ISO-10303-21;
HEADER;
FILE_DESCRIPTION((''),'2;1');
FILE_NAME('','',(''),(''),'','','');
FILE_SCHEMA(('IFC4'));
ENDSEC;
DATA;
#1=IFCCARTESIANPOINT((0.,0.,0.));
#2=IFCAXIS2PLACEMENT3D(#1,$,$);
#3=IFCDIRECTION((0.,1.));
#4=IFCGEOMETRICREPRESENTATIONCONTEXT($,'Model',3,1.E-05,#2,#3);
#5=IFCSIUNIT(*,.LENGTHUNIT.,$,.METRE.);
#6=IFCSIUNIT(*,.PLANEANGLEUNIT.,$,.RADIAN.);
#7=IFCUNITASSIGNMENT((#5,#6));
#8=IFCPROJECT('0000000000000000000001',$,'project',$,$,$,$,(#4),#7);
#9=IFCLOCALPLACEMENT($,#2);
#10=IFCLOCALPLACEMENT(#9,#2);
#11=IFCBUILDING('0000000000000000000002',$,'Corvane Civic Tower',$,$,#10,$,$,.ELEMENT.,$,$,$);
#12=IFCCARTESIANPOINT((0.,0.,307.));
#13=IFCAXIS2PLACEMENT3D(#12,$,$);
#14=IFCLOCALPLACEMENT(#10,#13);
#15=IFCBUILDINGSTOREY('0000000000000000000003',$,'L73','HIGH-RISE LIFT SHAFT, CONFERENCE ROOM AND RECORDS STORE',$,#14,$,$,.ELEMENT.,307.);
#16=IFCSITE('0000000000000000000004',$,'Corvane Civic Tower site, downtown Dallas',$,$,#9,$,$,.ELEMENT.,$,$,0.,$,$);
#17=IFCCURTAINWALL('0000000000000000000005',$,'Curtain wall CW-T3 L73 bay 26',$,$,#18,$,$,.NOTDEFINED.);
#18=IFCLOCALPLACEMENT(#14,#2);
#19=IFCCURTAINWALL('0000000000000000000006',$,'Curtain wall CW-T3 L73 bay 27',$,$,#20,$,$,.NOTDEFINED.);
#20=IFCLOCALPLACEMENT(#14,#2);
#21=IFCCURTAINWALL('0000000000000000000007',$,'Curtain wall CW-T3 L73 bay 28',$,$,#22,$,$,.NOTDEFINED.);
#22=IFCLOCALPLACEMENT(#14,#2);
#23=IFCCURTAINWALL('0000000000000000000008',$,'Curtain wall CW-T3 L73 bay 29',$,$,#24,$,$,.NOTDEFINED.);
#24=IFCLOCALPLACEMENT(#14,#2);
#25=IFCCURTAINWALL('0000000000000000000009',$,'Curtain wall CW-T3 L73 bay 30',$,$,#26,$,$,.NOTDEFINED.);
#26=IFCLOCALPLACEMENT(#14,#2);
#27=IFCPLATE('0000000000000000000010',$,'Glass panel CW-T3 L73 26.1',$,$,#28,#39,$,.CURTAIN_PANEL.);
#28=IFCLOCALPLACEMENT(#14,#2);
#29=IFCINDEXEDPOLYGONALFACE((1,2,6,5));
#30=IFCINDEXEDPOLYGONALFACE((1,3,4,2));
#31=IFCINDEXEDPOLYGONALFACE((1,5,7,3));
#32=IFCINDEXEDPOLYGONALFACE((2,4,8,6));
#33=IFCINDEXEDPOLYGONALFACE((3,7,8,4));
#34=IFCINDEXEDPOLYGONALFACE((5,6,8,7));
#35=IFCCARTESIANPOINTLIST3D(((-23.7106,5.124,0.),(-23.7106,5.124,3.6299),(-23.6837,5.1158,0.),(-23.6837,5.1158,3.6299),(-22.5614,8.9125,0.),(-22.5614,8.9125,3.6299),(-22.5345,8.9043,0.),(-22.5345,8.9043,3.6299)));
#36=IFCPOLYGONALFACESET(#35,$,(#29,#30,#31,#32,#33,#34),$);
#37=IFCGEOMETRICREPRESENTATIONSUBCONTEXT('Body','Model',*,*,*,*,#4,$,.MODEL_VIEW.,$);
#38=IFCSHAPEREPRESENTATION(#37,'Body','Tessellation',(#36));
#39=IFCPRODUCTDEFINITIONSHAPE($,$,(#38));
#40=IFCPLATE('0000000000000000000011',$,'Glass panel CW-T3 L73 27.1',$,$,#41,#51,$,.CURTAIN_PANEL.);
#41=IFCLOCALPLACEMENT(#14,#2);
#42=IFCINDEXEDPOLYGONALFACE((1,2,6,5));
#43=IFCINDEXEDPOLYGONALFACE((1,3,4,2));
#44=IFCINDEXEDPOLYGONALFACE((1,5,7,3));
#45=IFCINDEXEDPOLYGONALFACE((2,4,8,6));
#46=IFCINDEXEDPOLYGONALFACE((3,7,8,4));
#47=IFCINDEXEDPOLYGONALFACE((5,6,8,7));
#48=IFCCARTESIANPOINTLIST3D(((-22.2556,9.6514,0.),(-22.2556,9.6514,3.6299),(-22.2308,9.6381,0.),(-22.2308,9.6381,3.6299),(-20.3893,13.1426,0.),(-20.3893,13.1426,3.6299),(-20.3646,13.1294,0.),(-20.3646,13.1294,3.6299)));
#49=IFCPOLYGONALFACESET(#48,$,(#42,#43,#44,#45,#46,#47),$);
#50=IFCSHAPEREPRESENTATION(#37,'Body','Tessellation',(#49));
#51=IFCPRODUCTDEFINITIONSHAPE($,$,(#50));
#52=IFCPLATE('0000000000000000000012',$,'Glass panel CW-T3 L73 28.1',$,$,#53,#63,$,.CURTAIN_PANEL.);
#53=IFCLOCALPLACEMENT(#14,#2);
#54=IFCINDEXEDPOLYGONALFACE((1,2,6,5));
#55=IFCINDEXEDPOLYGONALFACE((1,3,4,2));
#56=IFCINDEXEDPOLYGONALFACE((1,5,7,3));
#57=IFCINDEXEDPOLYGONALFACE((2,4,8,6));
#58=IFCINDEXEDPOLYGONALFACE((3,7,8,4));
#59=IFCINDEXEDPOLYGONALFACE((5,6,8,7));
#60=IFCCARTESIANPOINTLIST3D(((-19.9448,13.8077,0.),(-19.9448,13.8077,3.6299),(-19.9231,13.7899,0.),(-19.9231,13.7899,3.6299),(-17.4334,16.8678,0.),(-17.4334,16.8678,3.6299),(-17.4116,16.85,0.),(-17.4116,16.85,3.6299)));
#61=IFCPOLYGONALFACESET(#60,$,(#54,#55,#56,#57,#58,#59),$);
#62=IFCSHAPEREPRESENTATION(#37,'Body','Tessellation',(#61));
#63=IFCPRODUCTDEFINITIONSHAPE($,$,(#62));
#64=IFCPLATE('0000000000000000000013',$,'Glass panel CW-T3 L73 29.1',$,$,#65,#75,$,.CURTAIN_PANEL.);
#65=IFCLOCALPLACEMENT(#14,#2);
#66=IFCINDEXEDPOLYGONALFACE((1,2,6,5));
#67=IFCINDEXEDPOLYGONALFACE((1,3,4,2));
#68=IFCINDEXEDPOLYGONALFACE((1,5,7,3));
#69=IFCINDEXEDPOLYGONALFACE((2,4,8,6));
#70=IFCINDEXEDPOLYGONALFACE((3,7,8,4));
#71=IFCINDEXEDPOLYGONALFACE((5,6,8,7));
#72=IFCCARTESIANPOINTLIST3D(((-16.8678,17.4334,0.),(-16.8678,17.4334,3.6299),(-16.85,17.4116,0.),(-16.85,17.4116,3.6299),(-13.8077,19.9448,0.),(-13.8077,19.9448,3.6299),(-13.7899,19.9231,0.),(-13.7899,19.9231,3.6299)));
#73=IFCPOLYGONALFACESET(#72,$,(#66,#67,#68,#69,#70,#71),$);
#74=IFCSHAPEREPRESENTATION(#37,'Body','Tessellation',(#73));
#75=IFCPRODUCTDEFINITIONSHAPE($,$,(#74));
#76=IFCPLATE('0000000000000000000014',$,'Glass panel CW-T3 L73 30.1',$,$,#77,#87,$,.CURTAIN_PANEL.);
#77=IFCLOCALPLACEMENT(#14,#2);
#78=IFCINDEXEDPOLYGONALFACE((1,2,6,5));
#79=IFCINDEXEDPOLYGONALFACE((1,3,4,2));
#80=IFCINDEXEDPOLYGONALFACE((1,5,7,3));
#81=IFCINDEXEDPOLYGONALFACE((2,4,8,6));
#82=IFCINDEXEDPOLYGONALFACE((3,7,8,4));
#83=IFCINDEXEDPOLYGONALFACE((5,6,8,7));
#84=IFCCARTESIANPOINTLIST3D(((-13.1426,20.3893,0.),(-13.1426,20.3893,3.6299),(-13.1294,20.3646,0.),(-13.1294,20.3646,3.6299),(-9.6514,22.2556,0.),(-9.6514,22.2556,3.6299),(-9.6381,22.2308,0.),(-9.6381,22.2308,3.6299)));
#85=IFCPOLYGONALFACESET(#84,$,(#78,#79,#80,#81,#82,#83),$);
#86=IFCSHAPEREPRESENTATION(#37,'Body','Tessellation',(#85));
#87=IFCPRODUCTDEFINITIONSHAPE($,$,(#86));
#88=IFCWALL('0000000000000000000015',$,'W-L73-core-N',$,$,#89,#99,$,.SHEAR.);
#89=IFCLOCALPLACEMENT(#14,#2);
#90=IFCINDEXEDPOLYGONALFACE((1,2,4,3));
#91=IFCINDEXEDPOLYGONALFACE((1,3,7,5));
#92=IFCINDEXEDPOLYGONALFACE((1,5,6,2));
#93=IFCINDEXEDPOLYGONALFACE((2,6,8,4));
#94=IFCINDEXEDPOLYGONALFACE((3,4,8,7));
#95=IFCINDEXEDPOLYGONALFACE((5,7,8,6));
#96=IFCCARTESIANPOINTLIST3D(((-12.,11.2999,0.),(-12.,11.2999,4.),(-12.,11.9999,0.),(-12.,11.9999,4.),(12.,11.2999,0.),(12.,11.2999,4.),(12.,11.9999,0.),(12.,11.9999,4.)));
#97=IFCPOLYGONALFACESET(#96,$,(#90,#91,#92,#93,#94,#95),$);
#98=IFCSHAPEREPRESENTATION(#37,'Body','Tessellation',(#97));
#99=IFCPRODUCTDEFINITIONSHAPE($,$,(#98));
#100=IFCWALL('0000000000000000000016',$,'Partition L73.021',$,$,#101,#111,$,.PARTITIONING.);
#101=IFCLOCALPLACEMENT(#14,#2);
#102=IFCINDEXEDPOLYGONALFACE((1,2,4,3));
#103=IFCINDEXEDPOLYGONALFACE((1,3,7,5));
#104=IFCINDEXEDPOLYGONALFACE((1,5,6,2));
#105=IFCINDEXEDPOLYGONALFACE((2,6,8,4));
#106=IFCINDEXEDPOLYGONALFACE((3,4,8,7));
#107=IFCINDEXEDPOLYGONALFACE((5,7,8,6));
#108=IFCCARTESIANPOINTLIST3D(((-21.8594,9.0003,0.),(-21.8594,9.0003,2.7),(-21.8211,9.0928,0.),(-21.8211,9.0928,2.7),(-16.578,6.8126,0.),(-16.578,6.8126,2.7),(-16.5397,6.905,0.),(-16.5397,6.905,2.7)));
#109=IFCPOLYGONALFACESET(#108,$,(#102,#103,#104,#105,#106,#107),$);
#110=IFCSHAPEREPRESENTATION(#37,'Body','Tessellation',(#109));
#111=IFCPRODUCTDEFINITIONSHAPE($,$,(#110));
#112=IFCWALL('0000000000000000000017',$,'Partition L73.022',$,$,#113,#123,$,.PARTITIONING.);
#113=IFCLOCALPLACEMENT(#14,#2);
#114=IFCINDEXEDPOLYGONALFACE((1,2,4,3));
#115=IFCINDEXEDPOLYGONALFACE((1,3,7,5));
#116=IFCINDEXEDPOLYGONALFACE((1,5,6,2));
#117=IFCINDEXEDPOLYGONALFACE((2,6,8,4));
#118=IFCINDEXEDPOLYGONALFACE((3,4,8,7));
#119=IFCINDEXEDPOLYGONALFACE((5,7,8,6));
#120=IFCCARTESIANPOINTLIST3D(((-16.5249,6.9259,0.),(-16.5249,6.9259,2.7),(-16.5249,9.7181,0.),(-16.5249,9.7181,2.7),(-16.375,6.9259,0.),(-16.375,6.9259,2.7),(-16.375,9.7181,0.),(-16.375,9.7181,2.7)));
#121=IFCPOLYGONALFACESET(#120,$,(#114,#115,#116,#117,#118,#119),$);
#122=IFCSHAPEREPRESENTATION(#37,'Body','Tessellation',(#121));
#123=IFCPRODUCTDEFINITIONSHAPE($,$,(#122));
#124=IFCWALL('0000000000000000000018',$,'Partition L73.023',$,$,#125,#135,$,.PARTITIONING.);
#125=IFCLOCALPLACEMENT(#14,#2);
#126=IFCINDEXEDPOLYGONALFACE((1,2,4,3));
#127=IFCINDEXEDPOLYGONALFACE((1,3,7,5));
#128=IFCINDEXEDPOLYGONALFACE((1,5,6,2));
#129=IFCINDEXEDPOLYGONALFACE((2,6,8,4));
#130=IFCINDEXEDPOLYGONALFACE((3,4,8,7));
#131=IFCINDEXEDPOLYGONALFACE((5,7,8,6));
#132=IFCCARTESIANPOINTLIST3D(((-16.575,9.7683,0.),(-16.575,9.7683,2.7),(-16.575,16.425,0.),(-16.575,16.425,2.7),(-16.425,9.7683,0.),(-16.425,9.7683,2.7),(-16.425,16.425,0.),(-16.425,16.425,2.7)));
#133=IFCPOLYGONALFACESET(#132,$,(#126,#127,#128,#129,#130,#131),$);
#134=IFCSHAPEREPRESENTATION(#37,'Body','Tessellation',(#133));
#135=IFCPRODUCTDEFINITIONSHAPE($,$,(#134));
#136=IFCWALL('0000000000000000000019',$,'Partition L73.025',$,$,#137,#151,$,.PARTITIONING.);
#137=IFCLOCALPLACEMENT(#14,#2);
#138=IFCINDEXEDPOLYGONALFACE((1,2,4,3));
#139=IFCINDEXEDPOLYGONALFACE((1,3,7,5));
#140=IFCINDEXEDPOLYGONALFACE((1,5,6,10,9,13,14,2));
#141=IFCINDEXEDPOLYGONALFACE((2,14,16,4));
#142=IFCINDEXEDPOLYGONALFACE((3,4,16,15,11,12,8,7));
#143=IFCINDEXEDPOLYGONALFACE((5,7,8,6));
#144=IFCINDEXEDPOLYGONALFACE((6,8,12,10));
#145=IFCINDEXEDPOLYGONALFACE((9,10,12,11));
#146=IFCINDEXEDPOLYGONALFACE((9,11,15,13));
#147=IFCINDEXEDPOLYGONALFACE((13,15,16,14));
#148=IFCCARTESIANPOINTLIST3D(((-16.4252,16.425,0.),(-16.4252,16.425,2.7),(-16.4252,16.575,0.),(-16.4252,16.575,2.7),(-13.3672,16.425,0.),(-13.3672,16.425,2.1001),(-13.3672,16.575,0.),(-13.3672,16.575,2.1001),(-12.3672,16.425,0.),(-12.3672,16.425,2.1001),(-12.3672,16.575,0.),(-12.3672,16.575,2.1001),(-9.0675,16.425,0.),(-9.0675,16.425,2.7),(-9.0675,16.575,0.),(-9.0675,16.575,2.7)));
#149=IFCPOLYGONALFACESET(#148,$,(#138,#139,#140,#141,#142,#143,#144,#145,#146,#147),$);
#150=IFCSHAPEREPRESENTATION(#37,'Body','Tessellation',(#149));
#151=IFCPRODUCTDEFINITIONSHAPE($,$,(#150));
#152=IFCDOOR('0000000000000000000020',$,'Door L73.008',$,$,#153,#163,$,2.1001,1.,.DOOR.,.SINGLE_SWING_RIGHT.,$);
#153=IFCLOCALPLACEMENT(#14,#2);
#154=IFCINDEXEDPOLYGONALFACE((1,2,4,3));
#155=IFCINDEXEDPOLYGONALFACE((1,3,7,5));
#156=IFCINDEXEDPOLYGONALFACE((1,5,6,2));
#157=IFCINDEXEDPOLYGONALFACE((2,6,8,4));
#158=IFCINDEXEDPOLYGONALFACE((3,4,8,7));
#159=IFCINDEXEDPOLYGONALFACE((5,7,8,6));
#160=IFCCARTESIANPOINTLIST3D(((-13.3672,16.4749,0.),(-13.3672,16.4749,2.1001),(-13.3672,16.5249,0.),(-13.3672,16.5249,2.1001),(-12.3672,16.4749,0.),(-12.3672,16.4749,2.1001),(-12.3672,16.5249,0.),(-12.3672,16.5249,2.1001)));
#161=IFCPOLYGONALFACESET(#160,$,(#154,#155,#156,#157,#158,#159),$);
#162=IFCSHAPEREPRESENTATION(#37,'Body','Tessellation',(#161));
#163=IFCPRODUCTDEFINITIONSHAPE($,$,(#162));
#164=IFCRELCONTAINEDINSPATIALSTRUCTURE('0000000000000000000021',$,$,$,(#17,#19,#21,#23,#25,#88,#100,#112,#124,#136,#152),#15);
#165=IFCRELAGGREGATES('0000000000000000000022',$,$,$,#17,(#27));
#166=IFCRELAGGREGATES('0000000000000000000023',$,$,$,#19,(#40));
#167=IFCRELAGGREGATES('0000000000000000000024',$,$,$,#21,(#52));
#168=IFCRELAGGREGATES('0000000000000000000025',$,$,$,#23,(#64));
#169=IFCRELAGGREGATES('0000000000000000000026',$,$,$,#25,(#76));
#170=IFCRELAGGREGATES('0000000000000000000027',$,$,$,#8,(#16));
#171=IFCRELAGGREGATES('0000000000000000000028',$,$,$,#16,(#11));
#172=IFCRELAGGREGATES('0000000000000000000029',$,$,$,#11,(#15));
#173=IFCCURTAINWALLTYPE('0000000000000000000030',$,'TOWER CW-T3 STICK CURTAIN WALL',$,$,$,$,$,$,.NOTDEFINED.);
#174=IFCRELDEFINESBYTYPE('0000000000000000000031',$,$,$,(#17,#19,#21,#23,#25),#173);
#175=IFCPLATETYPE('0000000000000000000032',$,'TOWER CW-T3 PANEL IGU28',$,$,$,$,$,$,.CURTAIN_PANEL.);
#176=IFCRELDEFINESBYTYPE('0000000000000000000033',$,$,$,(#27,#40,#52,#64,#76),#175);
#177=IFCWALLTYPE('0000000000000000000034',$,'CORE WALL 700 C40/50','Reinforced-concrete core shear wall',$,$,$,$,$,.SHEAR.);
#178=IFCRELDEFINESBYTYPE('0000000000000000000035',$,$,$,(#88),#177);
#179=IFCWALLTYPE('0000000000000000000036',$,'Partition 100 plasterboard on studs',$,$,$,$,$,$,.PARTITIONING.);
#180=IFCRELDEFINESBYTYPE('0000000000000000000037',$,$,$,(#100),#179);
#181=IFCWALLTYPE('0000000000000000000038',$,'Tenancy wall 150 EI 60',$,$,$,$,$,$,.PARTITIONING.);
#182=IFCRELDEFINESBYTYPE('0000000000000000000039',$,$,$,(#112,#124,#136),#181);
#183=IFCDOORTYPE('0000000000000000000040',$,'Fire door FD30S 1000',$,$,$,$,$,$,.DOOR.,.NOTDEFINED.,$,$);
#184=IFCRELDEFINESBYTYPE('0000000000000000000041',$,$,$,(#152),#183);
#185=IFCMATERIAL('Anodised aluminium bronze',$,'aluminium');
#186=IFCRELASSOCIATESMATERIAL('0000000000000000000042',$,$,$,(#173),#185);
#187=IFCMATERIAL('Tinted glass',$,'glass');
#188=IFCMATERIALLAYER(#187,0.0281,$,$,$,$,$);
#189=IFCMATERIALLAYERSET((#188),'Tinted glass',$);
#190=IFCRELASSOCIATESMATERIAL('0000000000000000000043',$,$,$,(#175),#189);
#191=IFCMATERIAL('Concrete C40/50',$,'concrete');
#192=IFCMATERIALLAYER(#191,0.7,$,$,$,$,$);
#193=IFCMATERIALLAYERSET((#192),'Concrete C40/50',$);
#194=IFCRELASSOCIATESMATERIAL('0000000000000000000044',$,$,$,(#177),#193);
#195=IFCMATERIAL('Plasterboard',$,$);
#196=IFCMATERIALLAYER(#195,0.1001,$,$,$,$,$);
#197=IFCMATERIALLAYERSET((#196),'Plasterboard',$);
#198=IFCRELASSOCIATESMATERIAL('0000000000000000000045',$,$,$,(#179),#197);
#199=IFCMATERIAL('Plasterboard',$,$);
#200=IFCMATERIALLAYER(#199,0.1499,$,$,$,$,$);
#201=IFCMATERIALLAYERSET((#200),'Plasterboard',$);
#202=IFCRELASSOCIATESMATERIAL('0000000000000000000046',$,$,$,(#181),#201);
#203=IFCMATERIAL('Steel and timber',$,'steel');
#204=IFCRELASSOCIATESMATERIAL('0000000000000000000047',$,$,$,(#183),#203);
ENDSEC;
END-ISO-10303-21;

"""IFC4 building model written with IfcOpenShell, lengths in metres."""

from ifc_helpers import new_model, si_unit, direction, frame, frame_2d, origin, origin_2d, place, context, subcontext, project, spatial, rectangle, extrude, material, layer, layer_set, type_object, element, fill, aggregate, save


model = new_model("IFC4")

# Units and contexts
model_context = context("Model", 3, precision=1e-05, world=origin(), true_north=direction((0.0, 1.0)))
body_context = subcontext(model_context, "Body", "Model", "MODEL_VIEW")
ifc_project = project(units=[si_unit("LENGTHUNIT", "METRE"), si_unit("PLANEANGLEUNIT", "RADIAN")], contexts=[model_context])

# Site, building, storey
site_placement = place(None, origin())
site = spatial("IfcSite", under=ifc_project, at=site_placement, Name="Corvane Civic Tower site, downtown Dallas", CompositionType="ELEMENT", RefElevation=0.0)
building_placement = place(site_placement, origin())
building = spatial("IfcBuilding", under=site, at=building_placement, Name="Corvane Civic Tower", CompositionType="ELEMENT")
storey_placement = place(building_placement, frame((0.0, 0.0, 307.0)))
storey = spatial("IfcBuildingStorey", under=building, at=storey_placement, Name="L73", Description="HIGH-RISE LIFT SHAFT, CONFERENCE ROOM AND RECORDS STORE", CompositionType="ELEMENT", Elevation=307.0)

# Curtain walls
ifc_material_1 = material(Name="Anodised aluminium bronze", Category="aluminium")
curtain_wall_type = type_object("IfcCurtainWallType", Name="TOWER CW-T3 STICK CURTAIN WALL", PredefinedType="NOTDEFINED", material=ifc_material_1)
curtain_wall_1_placement = place(storey_placement, origin())
curtain_wall_1 = element("IfcCurtainWall", 1, at=curtain_wall_1_placement, inside=storey, type_object=curtain_wall_type, Name="Curtain wall CW-T3 L73 bay 26", PredefinedType="NOTDEFINED")
curtain_wall_2_placement = place(storey_placement, origin())
curtain_wall_2 = element("IfcCurtainWall", 2, at=curtain_wall_2_placement, inside=storey, type_object=curtain_wall_type, Name="Curtain wall CW-T3 L73 bay 27", PredefinedType="NOTDEFINED")
curtain_wall_3_placement = place(storey_placement, origin())
curtain_wall_3 = element("IfcCurtainWall", 3, at=curtain_wall_3_placement, inside=storey, type_object=curtain_wall_type, Name="Curtain wall CW-T3 L73 bay 28", PredefinedType="NOTDEFINED")
curtain_wall_4_placement = place(storey_placement, origin())
curtain_wall_4 = element("IfcCurtainWall", 4, at=curtain_wall_4_placement, inside=storey, type_object=curtain_wall_type, Name="Curtain wall CW-T3 L73 bay 29", PredefinedType="NOTDEFINED")
curtain_wall_5_placement = place(storey_placement, origin())
curtain_wall_5 = element("IfcCurtainWall", 5, at=curtain_wall_5_placement, inside=storey, type_object=curtain_wall_type, Name="Curtain wall CW-T3 L73 bay 30", PredefinedType="NOTDEFINED")

# Plates
ifc_material_2 = material(Name="Tinted glass", Category="glass")
ifc_layer_1 = layer(ifc_material_2, 0.0281)
ifc_layer_set_1 = layer_set([ifc_layer_1], Name="Tinted glass")
plate_type = type_object("IfcPlateType", Name="TOWER CW-T3 PANEL IGU28", PredefinedType="CURTAIN_PANEL", material=ifc_layer_set_1)
plate_1_placement = place(storey_placement, frame((-23.1226, 7.0142, 0.0), z_axis=(0.0, 0.0, 1.0), x_axis=(0.290274, 0.956944, 0.0)))
plate_1 = element("IfcPlate", 6, at=plate_1_placement, type_object=plate_type, Name="Glass panel CW-T3 L73 26.1", PredefinedType="CURTAIN_PANEL", context=body_context, shape_type="SweptSolid", body=[
    extrude(rectangle(XDim=3.959, YDim=0.0281, at=origin_2d()), origin(), (0.0, 0.0, 1.0), 3.6299),
])
aggregate(curtain_wall_1, [plate_1])
plate_2_placement = place(storey_placement, frame((-21.3101, 11.3904, 0.0), z_axis=(0.0, 0.0, 1.0), x_axis=(0.471421, 0.881908, 0.0)))
plate_2 = element("IfcPlate", 7, at=plate_2_placement, type_object=plate_type, Name="Glass panel CW-T3 L73 27.1", PredefinedType="CURTAIN_PANEL", context=body_context, shape_type="SweptSolid", body=[
    extrude(rectangle(XDim=3.9587, YDim=0.0281, at=origin_2d()), origin(), (0.0, 0.0, 1.0), 3.6299),
])
aggregate(curtain_wall_2, [plate_2])
plate_3_placement = place(storey_placement, frame((-18.6782, 15.3289, 0.0), z_axis=(0.0, 0.0, 1.0), x_axis=(0.634405, 0.773001, 0.0)))
plate_3 = element("IfcPlate", 8, at=plate_3_placement, type_object=plate_type, Name="Glass panel CW-T3 L73 28.1", PredefinedType="CURTAIN_PANEL", context=body_context, shape_type="SweptSolid", body=[
    extrude(rectangle(XDim=3.9587, YDim=0.0281, at=origin_2d()), origin(), (0.0, 0.0, 1.0), 3.6299),
])
aggregate(curtain_wall_3, [plate_3])
plate_4_placement = place(storey_placement, frame((-15.3289, 18.6782, 0.0), z_axis=(0.0, 0.0, 1.0), x_axis=(0.773001, 0.634405, 0.0)))
plate_4 = element("IfcPlate", 9, at=plate_4_placement, type_object=plate_type, Name="Glass panel CW-T3 L73 29.1", PredefinedType="CURTAIN_PANEL", context=body_context, shape_type="SweptSolid", body=[
    extrude(rectangle(XDim=3.9587, YDim=0.0281, at=origin_2d()), origin(), (0.0, 0.0, 1.0), 3.6299),
])
aggregate(curtain_wall_4, [plate_4])
plate_5_placement = place(storey_placement, frame((-11.3904, 21.3101, 0.0), z_axis=(0.0, 0.0, 1.0), x_axis=(0.881908, 0.471421, 0.0)))
plate_5 = element("IfcPlate", 10, at=plate_5_placement, type_object=plate_type, Name="Glass panel CW-T3 L73 30.1", PredefinedType="CURTAIN_PANEL", context=body_context, shape_type="SweptSolid", body=[
    extrude(rectangle(XDim=3.9587, YDim=0.0281, at=origin_2d()), origin(), (0.0, 0.0, 1.0), 3.6299),
])
aggregate(curtain_wall_5, [plate_5])

# Walls
ifc_material_3 = material(Name="Concrete C40/50", Category="concrete")
ifc_layer_2 = layer(ifc_material_3, 0.7)
ifc_layer_set_2 = layer_set([ifc_layer_2], Name="Concrete C40/50")
wall_type_1 = type_object("IfcWallType", Name="CORE WALL 700 C40/50", Description="Reinforced-concrete core shear wall", PredefinedType="SHEAR", material=ifc_layer_set_2)
wall_1_placement = place(storey_placement, frame((-12.0, 11.6499, 0.0), z_axis=(0.0, 0.0, 1.0), x_axis=(1.0, 0.0, 0.0)))
element("IfcWall", 11, at=wall_1_placement, inside=storey, type_object=wall_type_1, Name="W-L73-core-N", PredefinedType="SHEAR", context=body_context, shape_type="SweptSolid", body=[
    extrude(rectangle(XDim=24.0, YDim=0.7, at=frame_2d((12.0, 0.0))), origin(), (0.0, 0.0, 1.0), 4.0),
])
ifc_material_4 = material(Name="Plasterboard")
ifc_layer_3 = layer(ifc_material_4, 0.1001)
ifc_layer_set_3 = layer_set([ifc_layer_3], Name="Plasterboard")
wall_type_2 = type_object("IfcWallType", Name="Partition 100 plasterboard on studs", PredefinedType="PARTITIONING", material=ifc_layer_set_3)
wall_2_placement = place(storey_placement, frame((-21.8403, 9.0466, 0.0), z_axis=(0.0, 0.0, 1.0), x_axis=(0.923868, -0.38271, 0.0)))
element("IfcWall", 12, at=wall_2_placement, inside=storey, type_object=wall_type_2, Name="Partition L73.021", PredefinedType="PARTITIONING", context=body_context, shape_type="SweptSolid", body=[
    extrude(rectangle(XDim=5.7166, YDim=0.1001, at=frame_2d((2.8584, 0.0))), origin(), (0.0, 0.0, 1.0), 2.7),
])
ifc_material_5 = material(Name="Plasterboard")
ifc_layer_4 = layer(ifc_material_5, 0.1499)
ifc_layer_set_4 = layer_set([ifc_layer_4], Name="Plasterboard")
wall_type_3 = type_object("IfcWallType", Name="Tenancy wall 150 EI 60", PredefinedType="PARTITIONING", material=ifc_layer_set_4)
wall_3_placement = place(storey_placement, frame((-16.45, 6.926, 0.0), z_axis=(0.0, 0.0, 1.0), x_axis=(0.0, 1.0, 0.0)))
element("IfcWall", 13, at=wall_3_placement, inside=storey, type_object=wall_type_3, Name="Partition L73.022", PredefinedType="PARTITIONING", context=body_context, shape_type="SweptSolid", body=[
    extrude(rectangle(XDim=2.7922, YDim=0.1499, at=frame_2d((1.396, 0.0))), origin(), (0.0, 0.0, 1.0), 2.7),
])
wall_4_placement = place(storey_placement, frame((-16.5, 9.7683, 0.0), z_axis=(0.0, 0.0, 1.0), x_axis=(0.0, 1.0, 0.0)))
element("IfcWall", 14, at=wall_4_placement, inside=storey, type_object=wall_type_3, Name="Partition L73.023", PredefinedType="PARTITIONING", context=body_context, shape_type="SweptSolid", body=[
    extrude(rectangle(XDim=6.6567, YDim=0.1499, at=frame_2d((3.3284, 0.0))), origin(), (0.0, 0.0, 1.0), 2.7),
])

# Wall, opening, door
wall_5_placement = place(storey_placement, frame((-16.425, 16.5, 0.0), z_axis=(0.0, 0.0, 1.0), x_axis=(1.0, 0.0, 0.0)))
wall_5 = element("IfcWall", 15, at=wall_5_placement, inside=storey, type_object=wall_type_3, Name="Partition L73.025", PredefinedType="PARTITIONING", context=body_context, shape_type="SweptSolid", body=[
    extrude(rectangle(XDim=7.3577, YDim=0.1499, at=frame_2d((3.6787, 0.0))), origin(), (0.0, 0.0, 1.0), 2.7),
])
opening_placement = place(wall_5_placement, frame((3.0579, 0.0, 0.0)))
opening = element("IfcOpeningElement", 16, at=opening_placement, cuts=wall_5, PredefinedType="OPENING", context=body_context, shape_type="SweptSolid", body=[
    extrude(rectangle(XDim=1.0, YDim=2.1001, at=frame_2d((0.5, 1.05))), frame((0.0, 0.085, 0.0), z_axis=(0.0, -1.0, 0.0), x_axis=(1.0, 0.0, 0.0)), (0.0, 0.0, 1.0), 0.1699),
])
ifc_material_6 = material(Name="Steel and timber", Category="steel")
door_type = type_object("IfcDoorType", Name="Fire door FD30S 1000", OperationType="NOTDEFINED", PredefinedType="DOOR", material=ifc_material_6)
door_placement = place(opening_placement, origin())
door = element("IfcDoor", 17, at=door_placement, inside=storey, type_object=door_type, Name="Door L73.008", OperationType="SINGLE_SWING_RIGHT", OverallHeight=2.1001, OverallWidth=1.0, PredefinedType="DOOR", context=body_context, shape_type="SweptSolid", body=[
    extrude(rectangle(XDim=1.0, YDim=2.1001, at=frame_2d((0.5, 1.05))), frame((0.0, 0.0249, 0.0), z_axis=(0.0, -1.0, 0.0), x_axis=(1.0, 0.0, 0.0)), (0.0, 0.0, 1.0), 0.05),
])
fill(opening, door)

save(model, "model.ifc")
